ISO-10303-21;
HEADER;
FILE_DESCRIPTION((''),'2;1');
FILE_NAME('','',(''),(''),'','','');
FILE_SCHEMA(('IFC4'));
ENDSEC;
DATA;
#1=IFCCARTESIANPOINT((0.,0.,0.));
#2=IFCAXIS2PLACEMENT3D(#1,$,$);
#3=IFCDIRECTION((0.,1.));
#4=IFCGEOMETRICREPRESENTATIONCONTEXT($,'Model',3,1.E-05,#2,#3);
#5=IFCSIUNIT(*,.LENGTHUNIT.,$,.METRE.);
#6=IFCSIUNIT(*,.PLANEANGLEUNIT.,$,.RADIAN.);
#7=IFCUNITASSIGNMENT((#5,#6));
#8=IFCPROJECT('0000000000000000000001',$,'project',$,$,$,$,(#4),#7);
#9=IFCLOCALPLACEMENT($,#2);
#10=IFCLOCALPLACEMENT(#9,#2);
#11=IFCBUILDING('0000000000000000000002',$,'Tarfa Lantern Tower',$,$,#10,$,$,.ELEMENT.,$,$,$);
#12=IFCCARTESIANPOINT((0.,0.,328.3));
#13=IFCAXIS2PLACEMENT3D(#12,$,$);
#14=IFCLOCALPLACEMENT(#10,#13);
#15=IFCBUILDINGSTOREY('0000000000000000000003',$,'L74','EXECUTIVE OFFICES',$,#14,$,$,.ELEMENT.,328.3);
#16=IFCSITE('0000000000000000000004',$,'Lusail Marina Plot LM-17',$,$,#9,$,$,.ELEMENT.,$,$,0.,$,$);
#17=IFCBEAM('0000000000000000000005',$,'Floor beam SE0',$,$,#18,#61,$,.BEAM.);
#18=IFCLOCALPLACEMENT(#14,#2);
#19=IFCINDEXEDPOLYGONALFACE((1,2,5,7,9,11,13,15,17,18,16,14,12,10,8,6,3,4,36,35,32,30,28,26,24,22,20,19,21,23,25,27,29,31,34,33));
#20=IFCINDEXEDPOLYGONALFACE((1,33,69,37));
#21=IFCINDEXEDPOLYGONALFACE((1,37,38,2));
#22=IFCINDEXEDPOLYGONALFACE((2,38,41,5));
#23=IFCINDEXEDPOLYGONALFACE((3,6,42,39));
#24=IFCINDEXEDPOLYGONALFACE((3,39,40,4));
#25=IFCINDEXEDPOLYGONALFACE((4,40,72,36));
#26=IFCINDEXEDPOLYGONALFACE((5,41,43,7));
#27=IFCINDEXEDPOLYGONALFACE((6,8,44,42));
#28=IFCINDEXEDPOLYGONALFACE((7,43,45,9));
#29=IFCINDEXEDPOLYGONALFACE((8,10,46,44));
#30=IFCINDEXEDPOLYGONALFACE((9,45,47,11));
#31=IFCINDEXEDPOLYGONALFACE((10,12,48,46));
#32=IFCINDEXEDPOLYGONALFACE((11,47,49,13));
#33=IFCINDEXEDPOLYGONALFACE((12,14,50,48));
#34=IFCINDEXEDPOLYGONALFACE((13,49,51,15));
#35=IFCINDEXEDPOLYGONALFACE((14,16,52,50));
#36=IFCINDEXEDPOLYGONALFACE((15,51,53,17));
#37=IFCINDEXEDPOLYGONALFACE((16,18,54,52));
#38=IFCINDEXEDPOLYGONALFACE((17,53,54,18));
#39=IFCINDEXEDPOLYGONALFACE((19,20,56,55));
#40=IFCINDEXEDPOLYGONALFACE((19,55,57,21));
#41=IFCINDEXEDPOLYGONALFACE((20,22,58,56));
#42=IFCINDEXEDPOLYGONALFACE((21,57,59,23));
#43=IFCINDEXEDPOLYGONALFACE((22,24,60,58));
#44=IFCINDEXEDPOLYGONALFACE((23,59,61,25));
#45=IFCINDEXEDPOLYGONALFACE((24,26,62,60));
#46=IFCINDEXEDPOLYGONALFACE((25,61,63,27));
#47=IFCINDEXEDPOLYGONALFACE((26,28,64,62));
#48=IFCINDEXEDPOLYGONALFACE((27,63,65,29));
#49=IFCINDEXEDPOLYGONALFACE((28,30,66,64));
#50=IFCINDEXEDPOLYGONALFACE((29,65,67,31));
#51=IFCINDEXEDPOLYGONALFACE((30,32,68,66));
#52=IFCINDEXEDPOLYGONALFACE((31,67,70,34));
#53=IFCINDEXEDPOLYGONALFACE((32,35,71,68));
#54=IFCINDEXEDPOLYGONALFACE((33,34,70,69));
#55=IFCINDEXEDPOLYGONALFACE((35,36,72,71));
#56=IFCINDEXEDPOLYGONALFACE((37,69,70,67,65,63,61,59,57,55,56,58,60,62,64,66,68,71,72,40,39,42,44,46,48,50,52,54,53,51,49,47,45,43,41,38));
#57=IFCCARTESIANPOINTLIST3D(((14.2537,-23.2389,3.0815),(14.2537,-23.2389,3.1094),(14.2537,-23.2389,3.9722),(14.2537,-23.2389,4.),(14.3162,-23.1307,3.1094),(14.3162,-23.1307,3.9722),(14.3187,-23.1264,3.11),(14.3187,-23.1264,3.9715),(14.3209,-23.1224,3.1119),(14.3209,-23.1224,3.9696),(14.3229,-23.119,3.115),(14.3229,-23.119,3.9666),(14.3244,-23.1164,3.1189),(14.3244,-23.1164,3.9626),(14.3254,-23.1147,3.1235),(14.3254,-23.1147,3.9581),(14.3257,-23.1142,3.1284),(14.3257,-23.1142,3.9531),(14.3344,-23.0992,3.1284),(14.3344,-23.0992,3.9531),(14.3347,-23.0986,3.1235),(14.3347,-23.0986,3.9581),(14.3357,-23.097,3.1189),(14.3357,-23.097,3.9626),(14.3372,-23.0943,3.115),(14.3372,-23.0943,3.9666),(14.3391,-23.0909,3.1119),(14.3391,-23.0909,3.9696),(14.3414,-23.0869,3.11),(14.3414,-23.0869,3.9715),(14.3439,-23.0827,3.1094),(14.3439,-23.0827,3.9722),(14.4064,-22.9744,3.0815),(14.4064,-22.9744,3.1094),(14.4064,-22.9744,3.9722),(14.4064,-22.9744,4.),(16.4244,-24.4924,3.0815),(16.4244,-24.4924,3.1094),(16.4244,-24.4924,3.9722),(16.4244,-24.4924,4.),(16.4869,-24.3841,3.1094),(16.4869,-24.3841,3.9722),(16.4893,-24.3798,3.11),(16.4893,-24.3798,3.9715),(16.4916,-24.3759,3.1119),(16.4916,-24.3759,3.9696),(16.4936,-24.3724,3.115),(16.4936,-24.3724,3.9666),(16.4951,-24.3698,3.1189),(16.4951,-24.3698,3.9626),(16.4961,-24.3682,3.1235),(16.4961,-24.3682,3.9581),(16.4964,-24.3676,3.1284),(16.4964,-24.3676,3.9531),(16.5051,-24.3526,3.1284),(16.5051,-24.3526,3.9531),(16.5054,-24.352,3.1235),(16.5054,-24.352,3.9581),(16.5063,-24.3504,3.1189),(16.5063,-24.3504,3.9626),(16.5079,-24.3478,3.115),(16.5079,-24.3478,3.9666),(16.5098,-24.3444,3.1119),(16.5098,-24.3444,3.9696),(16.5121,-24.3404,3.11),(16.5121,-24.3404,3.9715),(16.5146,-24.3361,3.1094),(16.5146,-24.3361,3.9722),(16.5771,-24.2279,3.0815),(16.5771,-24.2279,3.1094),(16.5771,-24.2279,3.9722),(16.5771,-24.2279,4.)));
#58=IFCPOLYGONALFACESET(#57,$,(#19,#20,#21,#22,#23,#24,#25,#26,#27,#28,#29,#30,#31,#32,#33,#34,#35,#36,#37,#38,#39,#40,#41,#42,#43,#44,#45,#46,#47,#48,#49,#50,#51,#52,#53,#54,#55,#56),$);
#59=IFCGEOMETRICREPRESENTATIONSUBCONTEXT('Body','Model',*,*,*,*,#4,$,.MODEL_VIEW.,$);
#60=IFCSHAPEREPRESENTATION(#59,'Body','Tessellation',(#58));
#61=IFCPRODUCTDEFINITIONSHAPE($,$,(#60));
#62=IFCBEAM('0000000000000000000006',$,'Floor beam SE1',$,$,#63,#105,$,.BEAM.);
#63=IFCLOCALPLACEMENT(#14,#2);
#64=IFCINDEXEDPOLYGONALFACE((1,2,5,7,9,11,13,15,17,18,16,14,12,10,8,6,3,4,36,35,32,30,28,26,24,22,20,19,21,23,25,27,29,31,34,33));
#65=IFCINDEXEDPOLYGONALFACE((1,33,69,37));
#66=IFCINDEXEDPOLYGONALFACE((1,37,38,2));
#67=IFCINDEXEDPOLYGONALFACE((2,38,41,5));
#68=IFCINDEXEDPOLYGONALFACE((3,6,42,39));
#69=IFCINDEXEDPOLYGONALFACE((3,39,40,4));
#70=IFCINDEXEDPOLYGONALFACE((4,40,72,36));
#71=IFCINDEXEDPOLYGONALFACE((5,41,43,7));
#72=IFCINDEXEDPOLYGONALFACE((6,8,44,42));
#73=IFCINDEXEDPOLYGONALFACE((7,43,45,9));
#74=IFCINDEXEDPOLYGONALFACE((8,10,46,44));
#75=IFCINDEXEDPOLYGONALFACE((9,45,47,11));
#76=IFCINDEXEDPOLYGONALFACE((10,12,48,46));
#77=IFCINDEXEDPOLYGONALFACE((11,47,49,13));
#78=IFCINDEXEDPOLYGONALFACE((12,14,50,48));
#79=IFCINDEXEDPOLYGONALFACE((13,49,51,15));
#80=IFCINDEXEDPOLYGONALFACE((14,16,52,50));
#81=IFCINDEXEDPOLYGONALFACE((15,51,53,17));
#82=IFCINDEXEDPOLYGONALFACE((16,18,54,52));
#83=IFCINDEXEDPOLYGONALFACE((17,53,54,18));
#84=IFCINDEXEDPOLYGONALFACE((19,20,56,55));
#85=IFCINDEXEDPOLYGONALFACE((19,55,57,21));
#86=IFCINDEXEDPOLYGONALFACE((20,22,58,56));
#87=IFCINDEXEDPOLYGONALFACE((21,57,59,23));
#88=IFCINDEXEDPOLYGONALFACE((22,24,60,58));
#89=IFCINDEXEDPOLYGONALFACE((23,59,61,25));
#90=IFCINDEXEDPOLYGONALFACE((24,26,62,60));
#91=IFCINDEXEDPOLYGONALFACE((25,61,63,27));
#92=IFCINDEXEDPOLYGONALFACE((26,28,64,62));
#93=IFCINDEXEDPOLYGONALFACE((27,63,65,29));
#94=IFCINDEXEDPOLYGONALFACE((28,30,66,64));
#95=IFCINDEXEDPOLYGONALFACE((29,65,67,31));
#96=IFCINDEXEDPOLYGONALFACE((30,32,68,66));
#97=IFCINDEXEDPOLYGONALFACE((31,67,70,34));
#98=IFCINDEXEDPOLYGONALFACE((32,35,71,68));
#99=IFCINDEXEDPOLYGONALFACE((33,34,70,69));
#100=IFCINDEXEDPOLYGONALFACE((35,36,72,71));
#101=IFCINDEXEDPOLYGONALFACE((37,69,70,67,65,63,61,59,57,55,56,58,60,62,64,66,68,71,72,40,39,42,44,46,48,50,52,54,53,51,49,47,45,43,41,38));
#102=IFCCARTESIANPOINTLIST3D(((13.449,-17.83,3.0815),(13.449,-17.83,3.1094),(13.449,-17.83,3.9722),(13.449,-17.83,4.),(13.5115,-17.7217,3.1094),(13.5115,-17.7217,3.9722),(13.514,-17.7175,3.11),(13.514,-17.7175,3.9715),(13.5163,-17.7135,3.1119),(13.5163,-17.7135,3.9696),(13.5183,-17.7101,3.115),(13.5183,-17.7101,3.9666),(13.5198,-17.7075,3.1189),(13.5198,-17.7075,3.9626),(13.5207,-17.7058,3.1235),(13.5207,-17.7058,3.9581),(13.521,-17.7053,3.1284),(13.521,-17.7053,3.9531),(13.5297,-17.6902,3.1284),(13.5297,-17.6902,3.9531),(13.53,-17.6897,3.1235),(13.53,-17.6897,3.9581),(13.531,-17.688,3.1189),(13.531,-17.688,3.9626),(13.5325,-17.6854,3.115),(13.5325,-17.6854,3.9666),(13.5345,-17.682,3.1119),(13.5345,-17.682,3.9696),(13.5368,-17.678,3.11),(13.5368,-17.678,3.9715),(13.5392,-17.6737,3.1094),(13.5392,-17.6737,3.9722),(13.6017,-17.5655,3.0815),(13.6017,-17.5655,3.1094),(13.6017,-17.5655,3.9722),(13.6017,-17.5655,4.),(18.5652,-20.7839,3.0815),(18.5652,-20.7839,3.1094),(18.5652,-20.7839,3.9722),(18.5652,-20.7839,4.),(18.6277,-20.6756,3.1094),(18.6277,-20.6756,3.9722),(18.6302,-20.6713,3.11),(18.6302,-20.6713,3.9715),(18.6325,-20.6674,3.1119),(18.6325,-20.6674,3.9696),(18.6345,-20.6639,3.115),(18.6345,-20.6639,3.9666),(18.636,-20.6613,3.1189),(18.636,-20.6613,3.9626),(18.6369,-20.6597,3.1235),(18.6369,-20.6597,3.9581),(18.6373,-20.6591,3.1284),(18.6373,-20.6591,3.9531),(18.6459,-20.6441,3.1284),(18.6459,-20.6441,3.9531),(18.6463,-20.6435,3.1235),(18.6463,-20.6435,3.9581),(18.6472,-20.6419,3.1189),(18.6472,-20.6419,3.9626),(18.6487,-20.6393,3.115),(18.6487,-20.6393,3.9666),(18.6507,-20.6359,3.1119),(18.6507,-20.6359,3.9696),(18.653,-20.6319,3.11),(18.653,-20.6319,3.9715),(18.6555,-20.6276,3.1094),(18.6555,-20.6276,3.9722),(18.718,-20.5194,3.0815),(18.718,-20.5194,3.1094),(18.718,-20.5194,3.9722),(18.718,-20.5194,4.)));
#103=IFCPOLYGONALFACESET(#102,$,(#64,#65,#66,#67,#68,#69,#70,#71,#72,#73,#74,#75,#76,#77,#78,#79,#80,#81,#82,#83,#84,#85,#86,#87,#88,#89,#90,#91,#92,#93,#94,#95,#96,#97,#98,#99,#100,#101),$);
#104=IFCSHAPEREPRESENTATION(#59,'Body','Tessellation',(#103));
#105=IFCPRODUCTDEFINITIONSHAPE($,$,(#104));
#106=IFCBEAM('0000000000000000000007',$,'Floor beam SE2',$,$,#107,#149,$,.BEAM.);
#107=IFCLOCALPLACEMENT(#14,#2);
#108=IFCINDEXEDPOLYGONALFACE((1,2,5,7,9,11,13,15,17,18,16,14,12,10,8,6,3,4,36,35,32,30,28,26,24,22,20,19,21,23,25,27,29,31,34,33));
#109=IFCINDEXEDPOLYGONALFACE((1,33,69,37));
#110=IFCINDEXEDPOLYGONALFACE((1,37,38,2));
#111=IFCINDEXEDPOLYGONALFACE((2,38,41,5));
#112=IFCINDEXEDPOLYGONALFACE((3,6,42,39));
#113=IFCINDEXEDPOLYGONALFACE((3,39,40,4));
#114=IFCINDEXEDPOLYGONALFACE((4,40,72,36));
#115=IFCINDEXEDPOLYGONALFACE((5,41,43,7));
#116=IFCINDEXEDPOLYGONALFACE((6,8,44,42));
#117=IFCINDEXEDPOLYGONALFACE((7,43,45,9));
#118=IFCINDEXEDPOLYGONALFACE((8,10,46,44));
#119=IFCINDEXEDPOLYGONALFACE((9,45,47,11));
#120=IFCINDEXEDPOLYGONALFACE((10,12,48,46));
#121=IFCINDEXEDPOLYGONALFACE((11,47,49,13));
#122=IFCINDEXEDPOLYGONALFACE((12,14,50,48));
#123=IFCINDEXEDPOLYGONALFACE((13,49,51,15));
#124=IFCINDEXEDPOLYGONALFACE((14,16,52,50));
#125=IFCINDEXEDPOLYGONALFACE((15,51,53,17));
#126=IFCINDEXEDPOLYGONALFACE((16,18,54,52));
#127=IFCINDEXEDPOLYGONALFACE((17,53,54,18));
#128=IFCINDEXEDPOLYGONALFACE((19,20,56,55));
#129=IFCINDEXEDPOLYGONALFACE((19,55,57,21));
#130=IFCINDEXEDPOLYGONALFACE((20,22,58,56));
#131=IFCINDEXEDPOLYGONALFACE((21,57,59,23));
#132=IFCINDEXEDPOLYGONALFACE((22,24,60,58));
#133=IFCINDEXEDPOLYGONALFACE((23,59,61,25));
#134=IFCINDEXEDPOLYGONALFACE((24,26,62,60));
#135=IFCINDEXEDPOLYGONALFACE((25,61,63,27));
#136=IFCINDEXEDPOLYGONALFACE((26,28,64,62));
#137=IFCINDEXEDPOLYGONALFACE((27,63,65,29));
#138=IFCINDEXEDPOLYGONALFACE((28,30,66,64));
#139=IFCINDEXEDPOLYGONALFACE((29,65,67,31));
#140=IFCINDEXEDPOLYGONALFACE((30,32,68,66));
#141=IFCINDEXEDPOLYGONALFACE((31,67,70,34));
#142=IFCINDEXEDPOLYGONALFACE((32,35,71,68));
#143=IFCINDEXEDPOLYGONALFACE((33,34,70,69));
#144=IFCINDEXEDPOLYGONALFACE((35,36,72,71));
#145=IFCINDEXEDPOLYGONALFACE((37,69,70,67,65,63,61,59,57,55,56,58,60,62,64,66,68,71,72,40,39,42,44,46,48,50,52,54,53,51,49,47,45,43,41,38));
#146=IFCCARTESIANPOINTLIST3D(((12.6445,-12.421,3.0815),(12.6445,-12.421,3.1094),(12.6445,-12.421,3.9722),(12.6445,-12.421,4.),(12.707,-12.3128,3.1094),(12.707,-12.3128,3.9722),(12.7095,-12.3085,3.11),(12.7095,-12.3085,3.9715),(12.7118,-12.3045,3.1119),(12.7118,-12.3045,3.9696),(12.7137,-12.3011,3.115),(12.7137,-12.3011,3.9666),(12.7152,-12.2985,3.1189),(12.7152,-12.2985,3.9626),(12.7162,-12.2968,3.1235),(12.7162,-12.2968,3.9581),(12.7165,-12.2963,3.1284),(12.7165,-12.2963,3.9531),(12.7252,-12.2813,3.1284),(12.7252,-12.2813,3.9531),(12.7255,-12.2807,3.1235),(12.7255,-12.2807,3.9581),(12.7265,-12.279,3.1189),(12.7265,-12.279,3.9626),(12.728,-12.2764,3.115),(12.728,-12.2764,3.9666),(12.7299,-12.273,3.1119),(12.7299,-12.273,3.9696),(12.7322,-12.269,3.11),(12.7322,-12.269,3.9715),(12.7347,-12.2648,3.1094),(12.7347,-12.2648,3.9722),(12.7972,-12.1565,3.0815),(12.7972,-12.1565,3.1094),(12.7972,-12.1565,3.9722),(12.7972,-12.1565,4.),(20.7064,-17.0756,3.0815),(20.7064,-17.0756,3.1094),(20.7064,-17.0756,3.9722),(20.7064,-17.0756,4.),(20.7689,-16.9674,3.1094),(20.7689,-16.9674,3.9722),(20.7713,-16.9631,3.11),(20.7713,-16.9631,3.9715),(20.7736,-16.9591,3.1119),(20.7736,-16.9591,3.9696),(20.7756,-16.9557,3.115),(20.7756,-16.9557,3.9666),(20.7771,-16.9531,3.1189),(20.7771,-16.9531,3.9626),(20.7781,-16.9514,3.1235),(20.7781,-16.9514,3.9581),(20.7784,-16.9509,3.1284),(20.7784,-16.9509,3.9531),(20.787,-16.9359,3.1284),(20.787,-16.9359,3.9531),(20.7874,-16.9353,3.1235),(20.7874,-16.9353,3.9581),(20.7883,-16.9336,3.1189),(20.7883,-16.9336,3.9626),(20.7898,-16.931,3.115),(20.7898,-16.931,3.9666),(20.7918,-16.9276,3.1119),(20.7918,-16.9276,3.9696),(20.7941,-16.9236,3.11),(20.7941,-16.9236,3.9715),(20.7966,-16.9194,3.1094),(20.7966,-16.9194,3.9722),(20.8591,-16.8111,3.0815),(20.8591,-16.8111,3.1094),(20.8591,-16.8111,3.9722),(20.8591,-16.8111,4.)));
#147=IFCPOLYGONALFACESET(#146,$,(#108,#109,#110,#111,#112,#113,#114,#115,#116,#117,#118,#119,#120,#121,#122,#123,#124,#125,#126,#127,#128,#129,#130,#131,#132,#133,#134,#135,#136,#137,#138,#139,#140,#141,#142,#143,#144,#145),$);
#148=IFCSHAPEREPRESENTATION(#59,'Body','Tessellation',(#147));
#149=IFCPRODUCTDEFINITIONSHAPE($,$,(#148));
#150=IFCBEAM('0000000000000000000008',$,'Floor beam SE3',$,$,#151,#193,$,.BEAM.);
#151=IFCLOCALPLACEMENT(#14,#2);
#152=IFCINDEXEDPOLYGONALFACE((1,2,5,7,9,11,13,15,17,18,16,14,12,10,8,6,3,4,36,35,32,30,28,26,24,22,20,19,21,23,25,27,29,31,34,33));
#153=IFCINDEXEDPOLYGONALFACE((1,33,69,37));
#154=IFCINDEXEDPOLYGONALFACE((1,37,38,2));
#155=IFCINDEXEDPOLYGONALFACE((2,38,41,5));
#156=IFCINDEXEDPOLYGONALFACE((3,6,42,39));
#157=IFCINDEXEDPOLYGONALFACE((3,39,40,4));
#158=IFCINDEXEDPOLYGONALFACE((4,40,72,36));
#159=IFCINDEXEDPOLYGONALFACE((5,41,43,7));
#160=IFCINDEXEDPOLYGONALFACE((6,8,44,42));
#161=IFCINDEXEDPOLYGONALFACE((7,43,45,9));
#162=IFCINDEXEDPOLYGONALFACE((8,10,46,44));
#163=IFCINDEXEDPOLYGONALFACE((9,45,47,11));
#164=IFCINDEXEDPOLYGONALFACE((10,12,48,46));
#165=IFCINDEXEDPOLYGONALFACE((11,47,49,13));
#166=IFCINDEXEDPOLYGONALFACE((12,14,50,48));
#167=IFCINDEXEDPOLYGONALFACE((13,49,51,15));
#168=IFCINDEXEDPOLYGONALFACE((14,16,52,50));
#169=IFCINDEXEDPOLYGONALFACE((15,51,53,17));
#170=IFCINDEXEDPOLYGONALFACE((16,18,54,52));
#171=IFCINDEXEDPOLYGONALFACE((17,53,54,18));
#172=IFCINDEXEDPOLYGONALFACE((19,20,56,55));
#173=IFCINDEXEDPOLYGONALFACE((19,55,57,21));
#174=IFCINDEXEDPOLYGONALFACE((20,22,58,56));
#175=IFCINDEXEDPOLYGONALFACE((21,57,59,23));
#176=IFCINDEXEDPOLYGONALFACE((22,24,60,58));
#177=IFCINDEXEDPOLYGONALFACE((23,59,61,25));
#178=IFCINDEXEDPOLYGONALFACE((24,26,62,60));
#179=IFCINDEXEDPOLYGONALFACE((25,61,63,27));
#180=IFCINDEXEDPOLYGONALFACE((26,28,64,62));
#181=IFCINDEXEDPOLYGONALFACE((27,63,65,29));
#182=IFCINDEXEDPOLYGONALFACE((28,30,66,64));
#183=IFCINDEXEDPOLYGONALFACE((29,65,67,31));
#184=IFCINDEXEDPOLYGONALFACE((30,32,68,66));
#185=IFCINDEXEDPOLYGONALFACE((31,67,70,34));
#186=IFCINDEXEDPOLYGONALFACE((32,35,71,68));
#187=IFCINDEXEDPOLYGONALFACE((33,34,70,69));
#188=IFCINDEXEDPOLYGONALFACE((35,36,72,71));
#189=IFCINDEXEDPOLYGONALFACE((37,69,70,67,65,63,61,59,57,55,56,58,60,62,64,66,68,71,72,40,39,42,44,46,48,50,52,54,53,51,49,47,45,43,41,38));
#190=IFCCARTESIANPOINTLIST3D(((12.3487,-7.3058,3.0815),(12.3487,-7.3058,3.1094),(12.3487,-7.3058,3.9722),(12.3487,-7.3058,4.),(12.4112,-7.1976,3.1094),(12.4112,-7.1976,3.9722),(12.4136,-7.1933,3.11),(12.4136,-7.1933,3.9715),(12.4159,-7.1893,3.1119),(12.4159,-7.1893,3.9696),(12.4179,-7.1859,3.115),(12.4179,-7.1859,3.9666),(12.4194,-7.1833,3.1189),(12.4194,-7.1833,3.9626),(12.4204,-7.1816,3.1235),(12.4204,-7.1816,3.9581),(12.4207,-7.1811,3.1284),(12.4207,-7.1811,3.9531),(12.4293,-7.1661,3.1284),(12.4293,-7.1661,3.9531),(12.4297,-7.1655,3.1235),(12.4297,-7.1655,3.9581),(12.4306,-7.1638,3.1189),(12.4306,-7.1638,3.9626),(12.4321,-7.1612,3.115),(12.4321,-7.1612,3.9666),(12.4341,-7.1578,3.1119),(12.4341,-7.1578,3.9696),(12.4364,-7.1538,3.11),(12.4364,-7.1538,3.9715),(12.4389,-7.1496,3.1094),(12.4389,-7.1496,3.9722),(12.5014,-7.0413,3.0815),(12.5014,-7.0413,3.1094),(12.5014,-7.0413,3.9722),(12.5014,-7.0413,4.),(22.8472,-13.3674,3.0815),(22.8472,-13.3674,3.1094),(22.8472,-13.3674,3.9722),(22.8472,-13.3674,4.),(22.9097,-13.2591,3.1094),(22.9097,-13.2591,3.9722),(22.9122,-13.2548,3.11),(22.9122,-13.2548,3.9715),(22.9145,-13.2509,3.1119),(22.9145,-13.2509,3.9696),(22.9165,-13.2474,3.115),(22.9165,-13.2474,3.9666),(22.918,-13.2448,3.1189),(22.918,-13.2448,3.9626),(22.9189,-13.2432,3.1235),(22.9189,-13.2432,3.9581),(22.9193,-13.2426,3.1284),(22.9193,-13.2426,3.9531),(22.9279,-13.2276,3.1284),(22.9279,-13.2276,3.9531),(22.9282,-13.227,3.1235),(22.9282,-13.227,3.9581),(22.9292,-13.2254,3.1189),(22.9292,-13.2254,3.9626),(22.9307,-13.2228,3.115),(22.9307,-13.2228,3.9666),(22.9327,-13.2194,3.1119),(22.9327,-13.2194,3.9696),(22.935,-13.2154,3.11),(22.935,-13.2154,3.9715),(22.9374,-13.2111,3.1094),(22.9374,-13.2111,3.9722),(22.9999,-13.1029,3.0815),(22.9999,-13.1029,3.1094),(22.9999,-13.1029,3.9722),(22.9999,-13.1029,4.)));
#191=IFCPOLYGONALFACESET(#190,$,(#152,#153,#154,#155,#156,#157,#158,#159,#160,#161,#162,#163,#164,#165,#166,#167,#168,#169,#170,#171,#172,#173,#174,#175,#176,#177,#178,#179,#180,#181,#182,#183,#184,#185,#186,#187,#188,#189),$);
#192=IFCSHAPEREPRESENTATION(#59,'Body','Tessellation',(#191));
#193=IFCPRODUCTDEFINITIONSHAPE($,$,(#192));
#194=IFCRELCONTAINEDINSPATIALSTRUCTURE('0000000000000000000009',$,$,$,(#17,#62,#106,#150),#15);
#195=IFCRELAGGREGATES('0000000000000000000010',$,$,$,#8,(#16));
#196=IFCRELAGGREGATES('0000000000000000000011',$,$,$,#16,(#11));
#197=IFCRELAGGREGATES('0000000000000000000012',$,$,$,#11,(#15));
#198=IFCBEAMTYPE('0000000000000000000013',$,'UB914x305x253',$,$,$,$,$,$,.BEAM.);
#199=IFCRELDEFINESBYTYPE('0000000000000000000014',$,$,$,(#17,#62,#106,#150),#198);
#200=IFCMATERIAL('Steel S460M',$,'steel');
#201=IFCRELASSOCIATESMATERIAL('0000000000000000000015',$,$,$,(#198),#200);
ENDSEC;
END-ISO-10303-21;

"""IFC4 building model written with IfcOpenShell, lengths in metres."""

from ifc_helpers import new_model, si_unit, direction, frame, origin, origin_2d, place, context, subcontext, project, spatial, i_section, extrude, material, material_profile, profile_set, type_object, element, save


model = new_model("IFC4")

# Units and contexts
model_context = context("Model", 3, precision=1e-05, world=origin(), true_north=direction((0.0, 1.0)))
body_context = subcontext(model_context, "Body", "Model", "MODEL_VIEW")
ifc_project = project(units=[si_unit("LENGTHUNIT", "METRE"), si_unit("PLANEANGLEUNIT", "RADIAN")], contexts=[model_context])

# Site, building, storey
site_placement = place(None, origin())
site = spatial("IfcSite", under=ifc_project, at=site_placement, Name="Lusail Marina Plot LM-17", CompositionType="ELEMENT", RefElevation=0.0)
building_placement = place(site_placement, origin())
building = spatial("IfcBuilding", under=site, at=building_placement, Name="Tarfa Lantern Tower", CompositionType="ELEMENT")
storey_placement = place(building_placement, frame((0.0, 0.0, 328.3)))
storey = spatial("IfcBuildingStorey", under=building, at=storey_placement, Name="L74", Description="EXECUTIVE OFFICES", CompositionType="ELEMENT", Elevation=328.3)

# Beams
ifc_material_1 = material(Name="Steel S460M", Category="steel")
ifc_material_profile_1 = material_profile(ifc_material_1, i_section(OverallWidth=0.3054, OverallDepth=0.9185, WebThickness=0.0173, FlangeThickness=0.0278, FilletRadius=0.019, at=origin_2d()), Name="UB914x305x253")
ifc_profile_set_1 = profile_set([ifc_material_profile_1], Name="Steel S460M")
beam_type_1 = type_object("IfcBeamType", Name="UB914x305x253", PredefinedType="BEAM", material=ifc_profile_set_1)
beam_1_placement = place(storey_placement, frame((16.5007, -24.3601, 3.5408), z_axis=(-0.865993, 0.500057, 0.0), x_axis=(-0.500057, -0.865993, 0.0)))
element("IfcBeam", 1, at=beam_1_placement, inside=storey, type_object=beam_type_1, Name="Floor beam SE0", PredefinedType="BEAM", context=body_context, shape_type="SweptSolid", body=[
    extrude(i_section(OverallWidth=0.3054, OverallDepth=0.9185, WebThickness=0.0173, FlangeThickness=0.0278, FilletRadius=0.019, at=origin_2d()), origin(), (0.0, 0.0, 1.0), 2.5066),
])
beam_2_placement = place(storey_placement, frame((18.6416, -20.6516, 3.5408), z_axis=(-0.866025, 0.500001, 0.0), x_axis=(-0.500001, -0.866025, 0.0)))
element("IfcBeam", 2, at=beam_2_placement, inside=storey, type_object=beam_type_1, Name="Floor beam SE1", PredefinedType="BEAM", context=body_context, shape_type="SweptSolid", body=[
    extrude(i_section(OverallWidth=0.3054, OverallDepth=0.9185, WebThickness=0.0173, FlangeThickness=0.0278, FilletRadius=0.019, at=origin_2d()), origin(), (0.0, 0.0, 1.0), 5.9077),
])
beam_3_placement = place(storey_placement, frame((20.7827, -16.9434, 3.5408), z_axis=(-0.866022, 0.500006, 0.0), x_axis=(-0.500006, -0.866022, 0.0)))
element("IfcBeam", 3, at=beam_3_placement, inside=storey, type_object=beam_type_1, Name="Floor beam SE2", PredefinedType="BEAM", context=body_context, shape_type="SweptSolid", body=[
    extrude(i_section(OverallWidth=0.3054, OverallDepth=0.9185, WebThickness=0.0173, FlangeThickness=0.0278, FilletRadius=0.019, at=origin_2d()), origin(), (0.0, 0.0, 1.0), 9.3091),
])
beam_4_placement = place(storey_placement, frame((22.9236, -13.2351, 3.5408), z_axis=(-0.866019, 0.500012, 0.0), x_axis=(-0.500012, -0.866019, 0.0)))
element("IfcBeam", 4, at=beam_4_placement, inside=storey, type_object=beam_type_1, Name="Floor beam SE3", PredefinedType="BEAM", context=body_context, shape_type="SweptSolid", body=[
    extrude(i_section(OverallWidth=0.3054, OverallDepth=0.9185, WebThickness=0.0173, FlangeThickness=0.0278, FilletRadius=0.019, at=origin_2d()), origin(), (0.0, 0.0, 1.0), 12.1228),
])

save(model, "model.ifc")
